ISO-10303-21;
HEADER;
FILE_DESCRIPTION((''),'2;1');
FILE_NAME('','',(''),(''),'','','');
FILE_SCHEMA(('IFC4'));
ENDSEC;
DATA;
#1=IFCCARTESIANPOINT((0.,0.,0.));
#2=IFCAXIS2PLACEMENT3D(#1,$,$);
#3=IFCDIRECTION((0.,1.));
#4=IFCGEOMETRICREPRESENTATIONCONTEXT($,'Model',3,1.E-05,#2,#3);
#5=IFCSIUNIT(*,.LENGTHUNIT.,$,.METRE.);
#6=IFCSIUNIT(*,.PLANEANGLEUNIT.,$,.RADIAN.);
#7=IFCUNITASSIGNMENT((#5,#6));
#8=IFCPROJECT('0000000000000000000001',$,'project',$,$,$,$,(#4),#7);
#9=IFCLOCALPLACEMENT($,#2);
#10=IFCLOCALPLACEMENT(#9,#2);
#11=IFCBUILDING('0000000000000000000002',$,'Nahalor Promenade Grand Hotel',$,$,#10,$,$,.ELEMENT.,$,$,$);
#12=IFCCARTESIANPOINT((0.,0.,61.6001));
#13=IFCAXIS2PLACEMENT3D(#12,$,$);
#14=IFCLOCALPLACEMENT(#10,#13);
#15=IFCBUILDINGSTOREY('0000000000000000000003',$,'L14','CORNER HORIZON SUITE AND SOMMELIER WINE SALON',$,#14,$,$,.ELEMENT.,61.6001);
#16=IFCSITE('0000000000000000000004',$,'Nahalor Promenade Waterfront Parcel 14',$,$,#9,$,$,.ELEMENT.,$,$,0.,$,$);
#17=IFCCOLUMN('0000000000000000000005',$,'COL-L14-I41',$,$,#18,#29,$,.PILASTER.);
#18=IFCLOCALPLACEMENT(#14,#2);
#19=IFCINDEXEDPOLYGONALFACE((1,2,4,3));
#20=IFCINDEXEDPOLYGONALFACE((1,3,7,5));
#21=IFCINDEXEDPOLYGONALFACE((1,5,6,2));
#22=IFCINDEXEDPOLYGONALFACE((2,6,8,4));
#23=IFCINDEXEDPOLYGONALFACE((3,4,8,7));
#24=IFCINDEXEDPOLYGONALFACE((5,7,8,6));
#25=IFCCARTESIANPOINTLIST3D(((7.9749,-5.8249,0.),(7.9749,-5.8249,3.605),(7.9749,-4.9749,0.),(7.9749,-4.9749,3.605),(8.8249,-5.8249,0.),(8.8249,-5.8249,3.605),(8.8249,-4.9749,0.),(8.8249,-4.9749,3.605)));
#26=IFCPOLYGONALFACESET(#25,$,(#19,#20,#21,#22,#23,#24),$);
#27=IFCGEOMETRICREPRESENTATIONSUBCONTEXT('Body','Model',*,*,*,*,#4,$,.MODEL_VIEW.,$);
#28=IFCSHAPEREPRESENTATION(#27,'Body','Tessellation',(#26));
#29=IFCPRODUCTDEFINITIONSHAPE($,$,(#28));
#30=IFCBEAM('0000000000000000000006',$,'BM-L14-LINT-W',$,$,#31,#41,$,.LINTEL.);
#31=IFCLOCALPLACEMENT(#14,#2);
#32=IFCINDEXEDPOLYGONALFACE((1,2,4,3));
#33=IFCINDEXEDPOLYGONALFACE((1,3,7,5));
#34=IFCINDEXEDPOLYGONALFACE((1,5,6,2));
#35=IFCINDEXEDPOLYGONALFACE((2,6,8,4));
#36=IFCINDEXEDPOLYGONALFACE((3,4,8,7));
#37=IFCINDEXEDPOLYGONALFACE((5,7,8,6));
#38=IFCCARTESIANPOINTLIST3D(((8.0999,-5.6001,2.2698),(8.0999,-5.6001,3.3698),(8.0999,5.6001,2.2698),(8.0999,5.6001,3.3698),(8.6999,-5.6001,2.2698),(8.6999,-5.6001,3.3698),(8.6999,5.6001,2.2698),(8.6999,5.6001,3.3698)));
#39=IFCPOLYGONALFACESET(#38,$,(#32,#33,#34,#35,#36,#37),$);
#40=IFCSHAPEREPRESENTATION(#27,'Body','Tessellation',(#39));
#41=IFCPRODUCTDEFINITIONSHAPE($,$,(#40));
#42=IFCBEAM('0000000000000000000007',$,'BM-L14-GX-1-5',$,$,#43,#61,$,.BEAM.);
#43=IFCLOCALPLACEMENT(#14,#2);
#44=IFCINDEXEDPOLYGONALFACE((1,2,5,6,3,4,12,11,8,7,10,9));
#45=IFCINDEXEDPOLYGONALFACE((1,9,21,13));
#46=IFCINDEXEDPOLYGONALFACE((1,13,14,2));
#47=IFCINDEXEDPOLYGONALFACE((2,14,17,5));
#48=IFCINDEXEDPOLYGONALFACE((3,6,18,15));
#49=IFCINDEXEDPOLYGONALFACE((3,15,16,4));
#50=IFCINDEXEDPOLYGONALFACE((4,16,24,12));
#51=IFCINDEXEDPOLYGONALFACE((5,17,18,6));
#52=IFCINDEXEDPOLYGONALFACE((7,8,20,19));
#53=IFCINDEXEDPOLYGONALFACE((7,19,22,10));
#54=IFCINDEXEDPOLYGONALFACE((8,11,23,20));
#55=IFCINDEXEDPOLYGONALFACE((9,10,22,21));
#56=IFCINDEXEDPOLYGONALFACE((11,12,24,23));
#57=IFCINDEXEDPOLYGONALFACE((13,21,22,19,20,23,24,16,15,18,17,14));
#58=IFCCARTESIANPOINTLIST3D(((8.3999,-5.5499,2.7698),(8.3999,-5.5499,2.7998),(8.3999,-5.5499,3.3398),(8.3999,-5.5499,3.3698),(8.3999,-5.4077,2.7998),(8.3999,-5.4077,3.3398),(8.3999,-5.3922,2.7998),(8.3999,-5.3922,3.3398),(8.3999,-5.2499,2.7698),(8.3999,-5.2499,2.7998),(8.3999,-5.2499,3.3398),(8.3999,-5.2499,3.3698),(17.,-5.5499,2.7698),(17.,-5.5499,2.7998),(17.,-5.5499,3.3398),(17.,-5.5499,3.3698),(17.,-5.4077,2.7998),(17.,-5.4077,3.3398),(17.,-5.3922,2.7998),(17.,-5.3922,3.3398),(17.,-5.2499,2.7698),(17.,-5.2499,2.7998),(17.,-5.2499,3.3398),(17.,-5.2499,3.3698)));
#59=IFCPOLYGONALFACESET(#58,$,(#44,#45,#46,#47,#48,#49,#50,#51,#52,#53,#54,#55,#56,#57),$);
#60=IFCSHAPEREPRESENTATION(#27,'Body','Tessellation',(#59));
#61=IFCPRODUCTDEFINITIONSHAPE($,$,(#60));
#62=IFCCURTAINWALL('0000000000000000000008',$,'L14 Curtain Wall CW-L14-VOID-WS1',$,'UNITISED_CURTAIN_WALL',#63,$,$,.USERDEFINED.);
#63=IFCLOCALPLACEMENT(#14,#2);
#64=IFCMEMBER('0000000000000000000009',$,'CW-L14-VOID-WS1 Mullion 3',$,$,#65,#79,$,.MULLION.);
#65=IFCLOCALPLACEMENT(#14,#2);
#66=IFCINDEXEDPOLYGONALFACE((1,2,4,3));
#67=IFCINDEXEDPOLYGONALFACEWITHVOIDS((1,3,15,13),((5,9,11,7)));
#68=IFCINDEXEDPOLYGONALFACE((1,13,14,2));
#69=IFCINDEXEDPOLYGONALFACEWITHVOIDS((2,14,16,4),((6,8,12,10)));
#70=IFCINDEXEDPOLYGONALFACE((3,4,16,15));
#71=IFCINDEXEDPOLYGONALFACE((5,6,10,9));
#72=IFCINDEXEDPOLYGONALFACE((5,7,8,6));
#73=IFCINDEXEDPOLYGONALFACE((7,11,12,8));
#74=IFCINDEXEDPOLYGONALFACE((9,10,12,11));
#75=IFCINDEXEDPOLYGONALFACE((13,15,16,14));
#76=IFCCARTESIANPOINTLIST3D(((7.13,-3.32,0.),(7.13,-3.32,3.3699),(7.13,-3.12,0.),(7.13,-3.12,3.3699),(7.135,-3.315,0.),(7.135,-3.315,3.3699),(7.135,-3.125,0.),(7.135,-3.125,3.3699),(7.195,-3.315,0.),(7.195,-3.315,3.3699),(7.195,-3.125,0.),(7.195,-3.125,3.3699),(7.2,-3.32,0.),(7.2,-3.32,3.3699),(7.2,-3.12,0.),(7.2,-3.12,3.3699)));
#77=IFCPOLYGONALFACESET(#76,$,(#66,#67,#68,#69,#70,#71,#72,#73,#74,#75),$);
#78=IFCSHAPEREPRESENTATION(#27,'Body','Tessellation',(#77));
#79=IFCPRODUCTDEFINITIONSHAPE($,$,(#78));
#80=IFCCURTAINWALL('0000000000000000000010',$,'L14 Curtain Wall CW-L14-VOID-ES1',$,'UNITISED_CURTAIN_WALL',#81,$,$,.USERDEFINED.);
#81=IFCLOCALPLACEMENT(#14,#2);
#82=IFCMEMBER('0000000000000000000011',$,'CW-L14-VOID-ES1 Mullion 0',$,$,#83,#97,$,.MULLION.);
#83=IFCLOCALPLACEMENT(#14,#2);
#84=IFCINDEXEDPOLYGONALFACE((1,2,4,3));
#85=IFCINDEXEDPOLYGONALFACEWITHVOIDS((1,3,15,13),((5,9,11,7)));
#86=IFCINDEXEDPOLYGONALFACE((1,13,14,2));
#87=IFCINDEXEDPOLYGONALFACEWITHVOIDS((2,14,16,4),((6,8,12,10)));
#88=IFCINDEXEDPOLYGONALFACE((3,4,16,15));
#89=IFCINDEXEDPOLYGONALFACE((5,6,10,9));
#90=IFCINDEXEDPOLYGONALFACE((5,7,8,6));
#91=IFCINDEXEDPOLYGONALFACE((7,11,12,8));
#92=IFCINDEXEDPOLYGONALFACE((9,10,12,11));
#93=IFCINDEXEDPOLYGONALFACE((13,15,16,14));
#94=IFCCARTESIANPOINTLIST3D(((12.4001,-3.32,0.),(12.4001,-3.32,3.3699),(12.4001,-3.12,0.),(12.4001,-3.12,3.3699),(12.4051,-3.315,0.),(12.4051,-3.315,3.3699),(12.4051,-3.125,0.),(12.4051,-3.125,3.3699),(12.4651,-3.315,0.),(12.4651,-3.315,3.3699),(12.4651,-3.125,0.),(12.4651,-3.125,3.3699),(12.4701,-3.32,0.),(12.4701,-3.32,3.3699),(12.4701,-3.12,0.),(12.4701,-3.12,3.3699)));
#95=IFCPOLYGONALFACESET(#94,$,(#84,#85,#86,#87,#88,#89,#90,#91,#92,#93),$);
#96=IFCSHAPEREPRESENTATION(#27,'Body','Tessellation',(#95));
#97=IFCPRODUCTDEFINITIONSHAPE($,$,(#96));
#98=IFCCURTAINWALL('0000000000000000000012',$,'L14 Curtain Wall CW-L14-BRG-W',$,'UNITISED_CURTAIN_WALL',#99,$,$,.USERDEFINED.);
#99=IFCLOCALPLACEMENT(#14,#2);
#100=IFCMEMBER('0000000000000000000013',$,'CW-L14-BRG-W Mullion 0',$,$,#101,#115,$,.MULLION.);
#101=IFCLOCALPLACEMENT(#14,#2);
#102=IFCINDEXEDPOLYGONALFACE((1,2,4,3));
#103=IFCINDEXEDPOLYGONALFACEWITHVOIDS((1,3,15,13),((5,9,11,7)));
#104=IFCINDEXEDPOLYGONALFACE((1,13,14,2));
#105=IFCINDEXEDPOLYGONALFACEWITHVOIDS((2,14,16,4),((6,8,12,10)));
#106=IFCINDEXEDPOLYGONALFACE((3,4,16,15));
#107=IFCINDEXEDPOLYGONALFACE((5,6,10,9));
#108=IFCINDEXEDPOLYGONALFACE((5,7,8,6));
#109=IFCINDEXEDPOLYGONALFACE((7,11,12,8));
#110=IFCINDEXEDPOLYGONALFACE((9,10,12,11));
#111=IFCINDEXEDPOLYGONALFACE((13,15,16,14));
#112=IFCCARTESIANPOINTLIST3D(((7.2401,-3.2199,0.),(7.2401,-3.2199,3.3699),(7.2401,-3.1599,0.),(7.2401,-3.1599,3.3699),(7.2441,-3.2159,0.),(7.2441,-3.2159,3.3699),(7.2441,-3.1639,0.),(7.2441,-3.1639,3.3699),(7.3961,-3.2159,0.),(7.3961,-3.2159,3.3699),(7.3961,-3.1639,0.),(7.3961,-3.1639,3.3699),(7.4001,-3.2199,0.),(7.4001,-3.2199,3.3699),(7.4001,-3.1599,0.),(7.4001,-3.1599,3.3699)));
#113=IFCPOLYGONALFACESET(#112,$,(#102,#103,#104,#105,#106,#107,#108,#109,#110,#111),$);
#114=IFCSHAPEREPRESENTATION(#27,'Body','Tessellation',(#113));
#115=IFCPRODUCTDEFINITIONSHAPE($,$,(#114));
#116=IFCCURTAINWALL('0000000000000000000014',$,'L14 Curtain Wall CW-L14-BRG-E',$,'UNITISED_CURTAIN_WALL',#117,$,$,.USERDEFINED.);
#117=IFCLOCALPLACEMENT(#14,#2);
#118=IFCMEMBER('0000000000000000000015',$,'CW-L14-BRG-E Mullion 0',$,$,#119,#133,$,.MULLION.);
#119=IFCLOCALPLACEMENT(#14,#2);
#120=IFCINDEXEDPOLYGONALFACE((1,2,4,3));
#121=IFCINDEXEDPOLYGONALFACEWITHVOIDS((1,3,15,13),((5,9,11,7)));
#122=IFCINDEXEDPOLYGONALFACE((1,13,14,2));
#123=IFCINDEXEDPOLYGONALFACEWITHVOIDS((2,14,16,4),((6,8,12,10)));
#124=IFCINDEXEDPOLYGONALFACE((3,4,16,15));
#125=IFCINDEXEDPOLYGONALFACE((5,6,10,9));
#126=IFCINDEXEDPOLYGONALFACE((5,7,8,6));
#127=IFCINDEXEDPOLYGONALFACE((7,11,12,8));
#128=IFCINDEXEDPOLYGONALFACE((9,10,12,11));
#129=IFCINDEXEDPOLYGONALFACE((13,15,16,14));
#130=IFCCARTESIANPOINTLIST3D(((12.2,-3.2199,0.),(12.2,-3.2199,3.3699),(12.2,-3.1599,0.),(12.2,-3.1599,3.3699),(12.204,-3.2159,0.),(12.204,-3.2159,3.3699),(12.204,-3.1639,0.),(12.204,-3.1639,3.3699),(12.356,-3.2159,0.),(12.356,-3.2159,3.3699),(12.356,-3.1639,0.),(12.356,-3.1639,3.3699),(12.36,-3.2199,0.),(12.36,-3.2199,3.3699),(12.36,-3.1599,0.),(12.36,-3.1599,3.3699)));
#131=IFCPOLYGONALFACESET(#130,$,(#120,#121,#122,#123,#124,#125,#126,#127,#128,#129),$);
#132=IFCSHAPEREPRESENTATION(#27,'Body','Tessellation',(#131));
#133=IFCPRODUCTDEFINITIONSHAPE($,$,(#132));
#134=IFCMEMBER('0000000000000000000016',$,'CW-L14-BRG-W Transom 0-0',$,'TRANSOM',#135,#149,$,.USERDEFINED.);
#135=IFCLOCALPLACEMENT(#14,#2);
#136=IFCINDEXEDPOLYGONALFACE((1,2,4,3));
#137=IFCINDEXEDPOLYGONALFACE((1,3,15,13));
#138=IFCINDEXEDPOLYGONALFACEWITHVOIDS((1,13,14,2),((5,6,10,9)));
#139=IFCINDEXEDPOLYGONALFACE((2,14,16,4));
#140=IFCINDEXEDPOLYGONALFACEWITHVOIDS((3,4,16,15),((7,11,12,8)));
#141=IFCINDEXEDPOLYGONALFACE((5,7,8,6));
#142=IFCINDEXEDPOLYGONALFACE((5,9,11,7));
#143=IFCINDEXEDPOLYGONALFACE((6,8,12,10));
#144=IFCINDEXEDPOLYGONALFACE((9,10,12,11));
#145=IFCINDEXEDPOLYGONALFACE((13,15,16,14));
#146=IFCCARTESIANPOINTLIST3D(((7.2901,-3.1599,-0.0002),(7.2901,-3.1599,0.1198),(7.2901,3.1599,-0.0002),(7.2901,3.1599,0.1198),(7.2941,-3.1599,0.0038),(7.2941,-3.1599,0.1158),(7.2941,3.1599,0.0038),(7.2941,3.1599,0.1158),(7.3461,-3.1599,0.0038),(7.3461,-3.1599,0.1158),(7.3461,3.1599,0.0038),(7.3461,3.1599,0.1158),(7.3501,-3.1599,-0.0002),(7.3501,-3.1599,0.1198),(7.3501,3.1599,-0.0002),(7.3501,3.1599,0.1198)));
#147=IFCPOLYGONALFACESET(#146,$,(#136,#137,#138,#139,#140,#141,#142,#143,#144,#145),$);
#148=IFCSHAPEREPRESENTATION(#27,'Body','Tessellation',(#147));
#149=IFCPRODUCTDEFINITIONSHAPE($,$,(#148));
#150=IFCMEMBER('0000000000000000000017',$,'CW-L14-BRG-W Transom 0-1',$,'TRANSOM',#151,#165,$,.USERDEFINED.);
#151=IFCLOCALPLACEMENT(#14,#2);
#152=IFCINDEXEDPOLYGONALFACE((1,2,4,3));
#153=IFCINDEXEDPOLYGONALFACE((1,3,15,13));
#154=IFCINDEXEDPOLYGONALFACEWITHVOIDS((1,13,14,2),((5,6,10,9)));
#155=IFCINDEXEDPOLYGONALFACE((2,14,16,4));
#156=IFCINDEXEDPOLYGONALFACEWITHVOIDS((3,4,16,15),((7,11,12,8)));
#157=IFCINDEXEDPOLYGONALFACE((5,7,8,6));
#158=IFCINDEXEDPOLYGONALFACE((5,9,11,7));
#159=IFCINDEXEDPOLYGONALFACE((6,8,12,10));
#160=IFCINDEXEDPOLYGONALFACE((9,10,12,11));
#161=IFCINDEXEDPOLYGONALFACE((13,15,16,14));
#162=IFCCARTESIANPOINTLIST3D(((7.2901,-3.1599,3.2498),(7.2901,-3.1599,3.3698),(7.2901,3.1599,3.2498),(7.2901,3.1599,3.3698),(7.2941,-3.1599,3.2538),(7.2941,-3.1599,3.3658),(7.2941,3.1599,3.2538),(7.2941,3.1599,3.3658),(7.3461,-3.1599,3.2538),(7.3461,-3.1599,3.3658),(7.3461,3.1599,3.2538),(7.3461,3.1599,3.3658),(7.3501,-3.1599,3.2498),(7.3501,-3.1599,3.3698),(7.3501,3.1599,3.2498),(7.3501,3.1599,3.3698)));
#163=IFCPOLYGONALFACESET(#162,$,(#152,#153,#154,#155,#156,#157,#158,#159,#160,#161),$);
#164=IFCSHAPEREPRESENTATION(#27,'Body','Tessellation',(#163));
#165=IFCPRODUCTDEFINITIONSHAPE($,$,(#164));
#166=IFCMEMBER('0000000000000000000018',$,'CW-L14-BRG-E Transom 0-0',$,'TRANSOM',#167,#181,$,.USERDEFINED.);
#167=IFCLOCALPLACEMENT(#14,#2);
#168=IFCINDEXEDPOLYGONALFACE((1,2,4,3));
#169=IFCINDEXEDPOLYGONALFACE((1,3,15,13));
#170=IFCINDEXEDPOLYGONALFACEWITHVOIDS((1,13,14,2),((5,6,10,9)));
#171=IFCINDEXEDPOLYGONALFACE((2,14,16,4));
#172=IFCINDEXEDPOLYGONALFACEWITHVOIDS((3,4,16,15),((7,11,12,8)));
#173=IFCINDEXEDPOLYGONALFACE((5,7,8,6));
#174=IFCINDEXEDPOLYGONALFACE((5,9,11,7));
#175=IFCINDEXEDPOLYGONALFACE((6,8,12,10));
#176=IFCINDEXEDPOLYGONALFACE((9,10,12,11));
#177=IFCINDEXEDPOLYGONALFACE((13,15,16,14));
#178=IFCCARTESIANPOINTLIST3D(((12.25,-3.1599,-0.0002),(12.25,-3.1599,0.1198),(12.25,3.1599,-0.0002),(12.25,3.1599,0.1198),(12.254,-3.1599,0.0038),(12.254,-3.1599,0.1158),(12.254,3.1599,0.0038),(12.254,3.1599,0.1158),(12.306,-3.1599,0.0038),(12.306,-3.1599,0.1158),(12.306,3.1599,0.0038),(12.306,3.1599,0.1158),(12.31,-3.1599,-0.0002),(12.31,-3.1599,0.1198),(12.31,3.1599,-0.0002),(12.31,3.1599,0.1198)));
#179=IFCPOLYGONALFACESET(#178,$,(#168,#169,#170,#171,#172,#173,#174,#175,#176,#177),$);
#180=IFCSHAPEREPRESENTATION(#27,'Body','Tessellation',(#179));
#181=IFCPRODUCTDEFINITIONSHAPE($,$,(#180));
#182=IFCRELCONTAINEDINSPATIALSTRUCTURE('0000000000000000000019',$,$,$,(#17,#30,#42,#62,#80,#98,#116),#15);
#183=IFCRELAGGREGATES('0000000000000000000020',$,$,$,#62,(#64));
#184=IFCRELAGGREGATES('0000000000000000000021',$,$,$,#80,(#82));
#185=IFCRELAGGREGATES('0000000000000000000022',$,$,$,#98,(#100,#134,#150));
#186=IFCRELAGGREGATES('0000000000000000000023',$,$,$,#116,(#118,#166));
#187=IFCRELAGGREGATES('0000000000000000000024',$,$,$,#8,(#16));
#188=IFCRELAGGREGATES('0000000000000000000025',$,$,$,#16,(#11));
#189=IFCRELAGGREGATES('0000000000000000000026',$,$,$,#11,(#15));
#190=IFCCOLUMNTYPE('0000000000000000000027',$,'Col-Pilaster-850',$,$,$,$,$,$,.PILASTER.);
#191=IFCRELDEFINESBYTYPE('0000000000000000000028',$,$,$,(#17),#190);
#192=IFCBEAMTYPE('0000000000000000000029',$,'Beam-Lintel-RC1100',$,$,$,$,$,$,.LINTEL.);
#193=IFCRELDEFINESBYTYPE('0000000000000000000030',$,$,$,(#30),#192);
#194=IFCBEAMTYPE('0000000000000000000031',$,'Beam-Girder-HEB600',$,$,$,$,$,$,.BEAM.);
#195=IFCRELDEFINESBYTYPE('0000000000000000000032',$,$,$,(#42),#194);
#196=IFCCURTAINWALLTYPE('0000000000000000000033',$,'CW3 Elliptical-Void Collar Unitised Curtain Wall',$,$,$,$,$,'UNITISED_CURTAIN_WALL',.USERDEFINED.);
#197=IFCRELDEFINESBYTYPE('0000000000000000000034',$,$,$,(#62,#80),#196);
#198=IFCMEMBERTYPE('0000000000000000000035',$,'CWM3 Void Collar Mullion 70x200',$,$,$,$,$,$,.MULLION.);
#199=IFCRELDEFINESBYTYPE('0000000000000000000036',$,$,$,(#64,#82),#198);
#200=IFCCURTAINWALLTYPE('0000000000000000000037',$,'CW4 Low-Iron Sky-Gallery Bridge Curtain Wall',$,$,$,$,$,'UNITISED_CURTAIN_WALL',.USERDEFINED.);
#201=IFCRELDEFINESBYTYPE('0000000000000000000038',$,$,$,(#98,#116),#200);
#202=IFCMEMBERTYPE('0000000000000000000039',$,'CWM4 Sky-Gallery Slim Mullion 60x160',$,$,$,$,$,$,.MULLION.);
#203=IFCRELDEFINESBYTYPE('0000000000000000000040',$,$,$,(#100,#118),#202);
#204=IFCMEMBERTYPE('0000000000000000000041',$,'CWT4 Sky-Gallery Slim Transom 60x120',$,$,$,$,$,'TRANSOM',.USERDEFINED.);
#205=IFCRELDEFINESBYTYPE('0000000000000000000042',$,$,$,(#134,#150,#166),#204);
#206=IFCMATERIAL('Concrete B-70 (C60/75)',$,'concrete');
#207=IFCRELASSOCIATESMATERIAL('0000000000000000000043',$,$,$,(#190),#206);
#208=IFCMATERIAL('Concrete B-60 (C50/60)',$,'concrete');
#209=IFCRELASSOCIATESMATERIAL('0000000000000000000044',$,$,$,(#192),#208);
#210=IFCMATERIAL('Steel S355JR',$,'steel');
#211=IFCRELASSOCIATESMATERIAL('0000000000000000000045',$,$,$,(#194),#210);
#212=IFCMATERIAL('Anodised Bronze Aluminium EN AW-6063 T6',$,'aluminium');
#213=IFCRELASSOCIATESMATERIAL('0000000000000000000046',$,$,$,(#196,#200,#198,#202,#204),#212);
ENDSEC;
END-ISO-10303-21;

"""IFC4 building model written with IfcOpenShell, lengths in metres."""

from ifc_helpers import new_model, si_unit, direction, frame, origin, origin_2d, place, context, subcontext, project, spatial, rectangle, hollow_rectangle, i_section, extrude, source, transform, mapped, material, material_profile, profile_set, type_object, element, aggregate, save


model = new_model("IFC4")

# Units and contexts
model_context = context("Model", 3, precision=1e-05, world=origin(), true_north=direction((0.0, 1.0)))
body_context = subcontext(model_context, "Body", "Model", "MODEL_VIEW")
ifc_project = project(units=[si_unit("LENGTHUNIT", "METRE"), si_unit("PLANEANGLEUNIT", "RADIAN")], contexts=[model_context])

# Site, building, storey
site_placement = place(None, origin())
site = spatial("IfcSite", under=ifc_project, at=site_placement, Name="Nahalor Promenade Waterfront Parcel 14", CompositionType="ELEMENT", RefElevation=0.0)
building_placement = place(site_placement, origin())
building = spatial("IfcBuilding", under=site, at=building_placement, Name="Nahalor Promenade Grand Hotel", CompositionType="ELEMENT")
storey_placement = place(building_placement, frame((0.0, 0.0, 61.6001)))
storey = spatial("IfcBuildingStorey", under=building, at=storey_placement, Name="L14", Description="CORNER HORIZON SUITE AND SOMMELIER WINE SALON", CompositionType="ELEMENT", Elevation=61.6001)

# Column
ifc_material_1 = material(Name="Concrete B-70 (C60/75)", Category="concrete")
ifc_material_profile_1 = material_profile(ifc_material_1, rectangle(XDim=0.85, YDim=0.85, at=origin_2d()), Name="RC 850x850")
ifc_profile_set_1 = profile_set([ifc_material_profile_1], Name="Concrete B-70 (C60/75)")
column_type = type_object("IfcColumnType", Name="Col-Pilaster-850", PredefinedType="PILASTER", material=ifc_profile_set_1)
shared_shape_1 = source(origin(), body_context, "Body", "SweptSolid", [
    extrude(rectangle(XDim=0.85, YDim=0.85, at=origin_2d()), origin(), (0.0, 0.0, 1.0), 3.605),
])
column_placement = place(storey_placement, frame((8.3999, -5.3999, 0.0), z_axis=(0.0, 0.0, 1.0), x_axis=(1.0, 0.0, 0.0)))
element("IfcColumn", 1, at=column_placement, inside=storey, type_object=column_type, Name="COL-L14-I41", PredefinedType="PILASTER", context=body_context, shape_type="MappedRepresentation", body=[
    mapped(shared_shape_1, transform((0.0, 0.0, 0.0), scale=1.0)),
])

# Beams
ifc_material_2 = material(Name="Concrete B-60 (C50/60)", Category="concrete")
ifc_material_profile_2 = material_profile(ifc_material_2, rectangle(XDim=0.6, YDim=1.1, at=origin_2d()), Name="RC 600x1100")
ifc_profile_set_2 = profile_set([ifc_material_profile_2], Name="Concrete B-60 (C50/60)")
beam_type_1 = type_object("IfcBeamType", Name="Beam-Lintel-RC1100", PredefinedType="LINTEL", material=ifc_profile_set_2)
shared_shape_2 = source(origin(), body_context, "Body", "SweptSolid", [
    extrude(rectangle(XDim=0.6, YDim=1.1, at=origin_2d()), origin(), (0.0, 0.0, 1.0), 11.2002),
])
beam_1_placement = place(storey_placement, frame((8.3999, -5.6001, 2.8198), z_axis=(0.0, 1.0, 0.0), x_axis=(-1.0, 0.0, 0.0)))
element("IfcBeam", 2, at=beam_1_placement, inside=storey, type_object=beam_type_1, Name="BM-L14-LINT-W", PredefinedType="LINTEL", context=body_context, shape_type="MappedRepresentation", body=[
    mapped(shared_shape_2, transform((0.0, 0.0, 0.0), scale=1.0)),
])
ifc_material_3 = material(Name="Steel S355JR", Category="steel")
ifc_material_profile_3 = material_profile(ifc_material_3, i_section(OverallWidth=0.3, OverallDepth=0.6, WebThickness=0.0155, FlangeThickness=0.03, at=origin_2d()), Name="HEB 600")
ifc_profile_set_3 = profile_set([ifc_material_profile_3], Name="Steel S355JR")
beam_type_2 = type_object("IfcBeamType", Name="Beam-Girder-HEB600", PredefinedType="BEAM", material=ifc_profile_set_3)
shared_shape_3 = source(origin(), body_context, "Body", "SweptSolid", [
    extrude(i_section(OverallWidth=0.3, OverallDepth=0.6, WebThickness=0.0155, FlangeThickness=0.03, at=origin_2d()), origin(), (0.0, 0.0, 1.0), 8.6001),
])
beam_2_placement = place(storey_placement, frame((8.3999, -5.3999, 3.0698), z_axis=(1.0, 0.0, 0.0), x_axis=(0.0, 1.0, 0.0)))
element("IfcBeam", 3, at=beam_2_placement, inside=storey, type_object=beam_type_2, Name="BM-L14-GX-1-5", PredefinedType="BEAM", context=body_context, shape_type="MappedRepresentation", body=[
    mapped(shared_shape_3, transform((0.0, 0.0, 0.0), scale=1.0)),
])

# Curtain walls, members
ifc_material_4 = material(Name="Anodised Bronze Aluminium EN AW-6063 T6", Category="aluminium")
curtain_wall_type_1 = type_object("IfcCurtainWallType", Name="CW3 Elliptical-Void Collar Unitised Curtain Wall", ElementType="UNITISED_CURTAIN_WALL", PredefinedType="USERDEFINED", material=ifc_material_4)
curtain_wall_1_placement = place(storey_placement, origin())
curtain_wall_1 = element("IfcCurtainWall", 4, at=curtain_wall_1_placement, inside=storey, type_object=curtain_wall_type_1, Name="L14 Curtain Wall CW-L14-VOID-WS1", ObjectType="UNITISED_CURTAIN_WALL", PredefinedType="USERDEFINED")
ifc_material_profile_4 = material_profile(ifc_material_4, hollow_rectangle(XDim=0.07, YDim=0.2, WallThickness=0.005, at=origin_2d()), Name="CWM 70x200x5")
ifc_profile_set_4 = profile_set([ifc_material_profile_4], Name="Anodised Bronze Aluminium EN AW-6063 T6")
member_type_1 = type_object("IfcMemberType", Name="CWM3 Void Collar Mullion 70x200", PredefinedType="MULLION", material=ifc_profile_set_4)
shared_shape_4 = source(origin(), body_context, "Body", "SweptSolid", [
    extrude(hollow_rectangle(XDim=0.07, YDim=0.2, WallThickness=0.005, at=origin_2d()), origin(), (0.0, 0.0, 1.0), 3.3699),
])
member_1_placement = place(storey_placement, frame((7.165, -3.22, 0.0), z_axis=(0.0, 0.0, 1.0), x_axis=(1.0, 0.0, 0.0)))
member_1 = element("IfcMember", 5, at=member_1_placement, type_object=member_type_1, Name="CW-L14-VOID-WS1 Mullion 3", PredefinedType="MULLION", context=body_context, shape_type="MappedRepresentation", body=[
    mapped(shared_shape_4, transform((0.0, 0.0, 0.0), scale=1.0)),
])
aggregate(curtain_wall_1, [member_1])
curtain_wall_2_placement = place(storey_placement, origin())
curtain_wall_2 = element("IfcCurtainWall", 6, at=curtain_wall_2_placement, inside=storey, type_object=curtain_wall_type_1, Name="L14 Curtain Wall CW-L14-VOID-ES1", ObjectType="UNITISED_CURTAIN_WALL", PredefinedType="USERDEFINED")
member_2_placement = place(storey_placement, frame((12.4351, -3.22, 0.0), z_axis=(0.0, 0.0, 1.0), x_axis=(1.0, 0.0, 0.0)))
member_2 = element("IfcMember", 7, at=member_2_placement, type_object=member_type_1, Name="CW-L14-VOID-ES1 Mullion 0", PredefinedType="MULLION", context=body_context, shape_type="MappedRepresentation", body=[
    mapped(shared_shape_4, transform((0.0, 0.0, 0.0), scale=1.0)),
])
aggregate(curtain_wall_2, [member_2])
curtain_wall_type_2 = type_object("IfcCurtainWallType", Name="CW4 Low-Iron Sky-Gallery Bridge Curtain Wall", ElementType="UNITISED_CURTAIN_WALL", PredefinedType="USERDEFINED", material=ifc_material_4)
curtain_wall_3_placement = place(storey_placement, origin())
curtain_wall_3 = element("IfcCurtainWall", 8, at=curtain_wall_3_placement, inside=storey, type_object=curtain_wall_type_2, Name="L14 Curtain Wall CW-L14-BRG-W", ObjectType="UNITISED_CURTAIN_WALL", PredefinedType="USERDEFINED")
ifc_material_profile_5 = material_profile(ifc_material_4, hollow_rectangle(XDim=0.06, YDim=0.16, WallThickness=0.004, at=origin_2d()), Name="CWM 60x160x4")
ifc_profile_set_5 = profile_set([ifc_material_profile_5], Name="Anodised Bronze Aluminium EN AW-6063 T6")
member_type_2 = type_object("IfcMemberType", Name="CWM4 Sky-Gallery Slim Mullion 60x160", PredefinedType="MULLION", material=ifc_profile_set_5)
shared_shape_5 = source(origin(), body_context, "Body", "SweptSolid", [
    extrude(hollow_rectangle(XDim=0.06, YDim=0.16, WallThickness=0.004, at=origin_2d()), origin(), (0.0, 0.0, 1.0), 3.3699),
])
member_3_placement = place(storey_placement, frame((7.3201, -3.1899, 0.0), z_axis=(0.0, 0.0, 1.0), x_axis=(0.0, 1.0, 0.0)))
member_3 = element("IfcMember", 9, at=member_3_placement, type_object=member_type_2, Name="CW-L14-BRG-W Mullion 0", PredefinedType="MULLION", context=body_context, shape_type="MappedRepresentation", body=[
    mapped(shared_shape_5, transform((0.0, 0.0, 0.0), scale=1.0)),
])
curtain_wall_4_placement = place(storey_placement, origin())
curtain_wall_4 = element("IfcCurtainWall", 10, at=curtain_wall_4_placement, inside=storey, type_object=curtain_wall_type_2, Name="L14 Curtain Wall CW-L14-BRG-E", ObjectType="UNITISED_CURTAIN_WALL", PredefinedType="USERDEFINED")
member_4_placement = place(storey_placement, frame((12.28, -3.1899, 0.0), z_axis=(0.0, 0.0, 1.0), x_axis=(0.0, 1.0, 0.0)))
member_4 = element("IfcMember", 11, at=member_4_placement, type_object=member_type_2, Name="CW-L14-BRG-E Mullion 0", PredefinedType="MULLION", context=body_context, shape_type="MappedRepresentation", body=[
    mapped(shared_shape_5, transform((0.0, 0.0, 0.0), scale=1.0)),
])

# Members
ifc_material_profile_6 = material_profile(ifc_material_4, hollow_rectangle(XDim=0.06, YDim=0.12, WallThickness=0.004, at=origin_2d()), Name="CWT 60x120x4")
ifc_profile_set_6 = profile_set([ifc_material_profile_6], Name="Anodised Bronze Aluminium EN AW-6063 T6")
member_type_3 = type_object("IfcMemberType", Name="CWT4 Sky-Gallery Slim Transom 60x120", ElementType="TRANSOM", PredefinedType="USERDEFINED", material=ifc_profile_set_6)
shared_shape_6 = source(origin(), body_context, "Body", "SweptSolid", [
    extrude(hollow_rectangle(XDim=0.06, YDim=0.12, WallThickness=0.004, at=origin_2d()), origin(), (0.0, 0.0, 1.0), 6.3198),
])
member_5_placement = place(storey_placement, frame((7.3201, -3.1599, 0.0598), z_axis=(0.0, 1.0, 0.0), x_axis=(-1.0, 0.0, 0.0)))
member_5 = element("IfcMember", 12, at=member_5_placement, type_object=member_type_3, Name="CW-L14-BRG-W Transom 0-0", ObjectType="TRANSOM", PredefinedType="USERDEFINED", context=body_context, shape_type="MappedRepresentation", body=[
    mapped(shared_shape_6, transform((0.0, 0.0, 0.0), scale=1.0)),
])
member_6_placement = place(storey_placement, frame((7.3201, -3.1599, 3.3098), z_axis=(0.0, 1.0, 0.0), x_axis=(-1.0, 0.0, 0.0)))
member_6 = element("IfcMember", 13, at=member_6_placement, type_object=member_type_3, Name="CW-L14-BRG-W Transom 0-1", ObjectType="TRANSOM", PredefinedType="USERDEFINED", context=body_context, shape_type="MappedRepresentation", body=[
    mapped(shared_shape_6, transform((0.0, 0.0, 0.0), scale=1.0)),
])
aggregate(curtain_wall_3, [member_3, member_5, member_6])
member_7_placement = place(storey_placement, frame((12.28, -3.1599, 0.0598), z_axis=(0.0, 1.0, 0.0), x_axis=(-1.0, 0.0, 0.0)))
member_7 = element("IfcMember", 14, at=member_7_placement, type_object=member_type_3, Name="CW-L14-BRG-E Transom 0-0", ObjectType="TRANSOM", PredefinedType="USERDEFINED", context=body_context, shape_type="MappedRepresentation", body=[
    mapped(shared_shape_6, transform((0.0, 0.0, 0.0), scale=1.0)),
])
aggregate(curtain_wall_4, [member_4, member_7])

save(model, "model.ifc")
